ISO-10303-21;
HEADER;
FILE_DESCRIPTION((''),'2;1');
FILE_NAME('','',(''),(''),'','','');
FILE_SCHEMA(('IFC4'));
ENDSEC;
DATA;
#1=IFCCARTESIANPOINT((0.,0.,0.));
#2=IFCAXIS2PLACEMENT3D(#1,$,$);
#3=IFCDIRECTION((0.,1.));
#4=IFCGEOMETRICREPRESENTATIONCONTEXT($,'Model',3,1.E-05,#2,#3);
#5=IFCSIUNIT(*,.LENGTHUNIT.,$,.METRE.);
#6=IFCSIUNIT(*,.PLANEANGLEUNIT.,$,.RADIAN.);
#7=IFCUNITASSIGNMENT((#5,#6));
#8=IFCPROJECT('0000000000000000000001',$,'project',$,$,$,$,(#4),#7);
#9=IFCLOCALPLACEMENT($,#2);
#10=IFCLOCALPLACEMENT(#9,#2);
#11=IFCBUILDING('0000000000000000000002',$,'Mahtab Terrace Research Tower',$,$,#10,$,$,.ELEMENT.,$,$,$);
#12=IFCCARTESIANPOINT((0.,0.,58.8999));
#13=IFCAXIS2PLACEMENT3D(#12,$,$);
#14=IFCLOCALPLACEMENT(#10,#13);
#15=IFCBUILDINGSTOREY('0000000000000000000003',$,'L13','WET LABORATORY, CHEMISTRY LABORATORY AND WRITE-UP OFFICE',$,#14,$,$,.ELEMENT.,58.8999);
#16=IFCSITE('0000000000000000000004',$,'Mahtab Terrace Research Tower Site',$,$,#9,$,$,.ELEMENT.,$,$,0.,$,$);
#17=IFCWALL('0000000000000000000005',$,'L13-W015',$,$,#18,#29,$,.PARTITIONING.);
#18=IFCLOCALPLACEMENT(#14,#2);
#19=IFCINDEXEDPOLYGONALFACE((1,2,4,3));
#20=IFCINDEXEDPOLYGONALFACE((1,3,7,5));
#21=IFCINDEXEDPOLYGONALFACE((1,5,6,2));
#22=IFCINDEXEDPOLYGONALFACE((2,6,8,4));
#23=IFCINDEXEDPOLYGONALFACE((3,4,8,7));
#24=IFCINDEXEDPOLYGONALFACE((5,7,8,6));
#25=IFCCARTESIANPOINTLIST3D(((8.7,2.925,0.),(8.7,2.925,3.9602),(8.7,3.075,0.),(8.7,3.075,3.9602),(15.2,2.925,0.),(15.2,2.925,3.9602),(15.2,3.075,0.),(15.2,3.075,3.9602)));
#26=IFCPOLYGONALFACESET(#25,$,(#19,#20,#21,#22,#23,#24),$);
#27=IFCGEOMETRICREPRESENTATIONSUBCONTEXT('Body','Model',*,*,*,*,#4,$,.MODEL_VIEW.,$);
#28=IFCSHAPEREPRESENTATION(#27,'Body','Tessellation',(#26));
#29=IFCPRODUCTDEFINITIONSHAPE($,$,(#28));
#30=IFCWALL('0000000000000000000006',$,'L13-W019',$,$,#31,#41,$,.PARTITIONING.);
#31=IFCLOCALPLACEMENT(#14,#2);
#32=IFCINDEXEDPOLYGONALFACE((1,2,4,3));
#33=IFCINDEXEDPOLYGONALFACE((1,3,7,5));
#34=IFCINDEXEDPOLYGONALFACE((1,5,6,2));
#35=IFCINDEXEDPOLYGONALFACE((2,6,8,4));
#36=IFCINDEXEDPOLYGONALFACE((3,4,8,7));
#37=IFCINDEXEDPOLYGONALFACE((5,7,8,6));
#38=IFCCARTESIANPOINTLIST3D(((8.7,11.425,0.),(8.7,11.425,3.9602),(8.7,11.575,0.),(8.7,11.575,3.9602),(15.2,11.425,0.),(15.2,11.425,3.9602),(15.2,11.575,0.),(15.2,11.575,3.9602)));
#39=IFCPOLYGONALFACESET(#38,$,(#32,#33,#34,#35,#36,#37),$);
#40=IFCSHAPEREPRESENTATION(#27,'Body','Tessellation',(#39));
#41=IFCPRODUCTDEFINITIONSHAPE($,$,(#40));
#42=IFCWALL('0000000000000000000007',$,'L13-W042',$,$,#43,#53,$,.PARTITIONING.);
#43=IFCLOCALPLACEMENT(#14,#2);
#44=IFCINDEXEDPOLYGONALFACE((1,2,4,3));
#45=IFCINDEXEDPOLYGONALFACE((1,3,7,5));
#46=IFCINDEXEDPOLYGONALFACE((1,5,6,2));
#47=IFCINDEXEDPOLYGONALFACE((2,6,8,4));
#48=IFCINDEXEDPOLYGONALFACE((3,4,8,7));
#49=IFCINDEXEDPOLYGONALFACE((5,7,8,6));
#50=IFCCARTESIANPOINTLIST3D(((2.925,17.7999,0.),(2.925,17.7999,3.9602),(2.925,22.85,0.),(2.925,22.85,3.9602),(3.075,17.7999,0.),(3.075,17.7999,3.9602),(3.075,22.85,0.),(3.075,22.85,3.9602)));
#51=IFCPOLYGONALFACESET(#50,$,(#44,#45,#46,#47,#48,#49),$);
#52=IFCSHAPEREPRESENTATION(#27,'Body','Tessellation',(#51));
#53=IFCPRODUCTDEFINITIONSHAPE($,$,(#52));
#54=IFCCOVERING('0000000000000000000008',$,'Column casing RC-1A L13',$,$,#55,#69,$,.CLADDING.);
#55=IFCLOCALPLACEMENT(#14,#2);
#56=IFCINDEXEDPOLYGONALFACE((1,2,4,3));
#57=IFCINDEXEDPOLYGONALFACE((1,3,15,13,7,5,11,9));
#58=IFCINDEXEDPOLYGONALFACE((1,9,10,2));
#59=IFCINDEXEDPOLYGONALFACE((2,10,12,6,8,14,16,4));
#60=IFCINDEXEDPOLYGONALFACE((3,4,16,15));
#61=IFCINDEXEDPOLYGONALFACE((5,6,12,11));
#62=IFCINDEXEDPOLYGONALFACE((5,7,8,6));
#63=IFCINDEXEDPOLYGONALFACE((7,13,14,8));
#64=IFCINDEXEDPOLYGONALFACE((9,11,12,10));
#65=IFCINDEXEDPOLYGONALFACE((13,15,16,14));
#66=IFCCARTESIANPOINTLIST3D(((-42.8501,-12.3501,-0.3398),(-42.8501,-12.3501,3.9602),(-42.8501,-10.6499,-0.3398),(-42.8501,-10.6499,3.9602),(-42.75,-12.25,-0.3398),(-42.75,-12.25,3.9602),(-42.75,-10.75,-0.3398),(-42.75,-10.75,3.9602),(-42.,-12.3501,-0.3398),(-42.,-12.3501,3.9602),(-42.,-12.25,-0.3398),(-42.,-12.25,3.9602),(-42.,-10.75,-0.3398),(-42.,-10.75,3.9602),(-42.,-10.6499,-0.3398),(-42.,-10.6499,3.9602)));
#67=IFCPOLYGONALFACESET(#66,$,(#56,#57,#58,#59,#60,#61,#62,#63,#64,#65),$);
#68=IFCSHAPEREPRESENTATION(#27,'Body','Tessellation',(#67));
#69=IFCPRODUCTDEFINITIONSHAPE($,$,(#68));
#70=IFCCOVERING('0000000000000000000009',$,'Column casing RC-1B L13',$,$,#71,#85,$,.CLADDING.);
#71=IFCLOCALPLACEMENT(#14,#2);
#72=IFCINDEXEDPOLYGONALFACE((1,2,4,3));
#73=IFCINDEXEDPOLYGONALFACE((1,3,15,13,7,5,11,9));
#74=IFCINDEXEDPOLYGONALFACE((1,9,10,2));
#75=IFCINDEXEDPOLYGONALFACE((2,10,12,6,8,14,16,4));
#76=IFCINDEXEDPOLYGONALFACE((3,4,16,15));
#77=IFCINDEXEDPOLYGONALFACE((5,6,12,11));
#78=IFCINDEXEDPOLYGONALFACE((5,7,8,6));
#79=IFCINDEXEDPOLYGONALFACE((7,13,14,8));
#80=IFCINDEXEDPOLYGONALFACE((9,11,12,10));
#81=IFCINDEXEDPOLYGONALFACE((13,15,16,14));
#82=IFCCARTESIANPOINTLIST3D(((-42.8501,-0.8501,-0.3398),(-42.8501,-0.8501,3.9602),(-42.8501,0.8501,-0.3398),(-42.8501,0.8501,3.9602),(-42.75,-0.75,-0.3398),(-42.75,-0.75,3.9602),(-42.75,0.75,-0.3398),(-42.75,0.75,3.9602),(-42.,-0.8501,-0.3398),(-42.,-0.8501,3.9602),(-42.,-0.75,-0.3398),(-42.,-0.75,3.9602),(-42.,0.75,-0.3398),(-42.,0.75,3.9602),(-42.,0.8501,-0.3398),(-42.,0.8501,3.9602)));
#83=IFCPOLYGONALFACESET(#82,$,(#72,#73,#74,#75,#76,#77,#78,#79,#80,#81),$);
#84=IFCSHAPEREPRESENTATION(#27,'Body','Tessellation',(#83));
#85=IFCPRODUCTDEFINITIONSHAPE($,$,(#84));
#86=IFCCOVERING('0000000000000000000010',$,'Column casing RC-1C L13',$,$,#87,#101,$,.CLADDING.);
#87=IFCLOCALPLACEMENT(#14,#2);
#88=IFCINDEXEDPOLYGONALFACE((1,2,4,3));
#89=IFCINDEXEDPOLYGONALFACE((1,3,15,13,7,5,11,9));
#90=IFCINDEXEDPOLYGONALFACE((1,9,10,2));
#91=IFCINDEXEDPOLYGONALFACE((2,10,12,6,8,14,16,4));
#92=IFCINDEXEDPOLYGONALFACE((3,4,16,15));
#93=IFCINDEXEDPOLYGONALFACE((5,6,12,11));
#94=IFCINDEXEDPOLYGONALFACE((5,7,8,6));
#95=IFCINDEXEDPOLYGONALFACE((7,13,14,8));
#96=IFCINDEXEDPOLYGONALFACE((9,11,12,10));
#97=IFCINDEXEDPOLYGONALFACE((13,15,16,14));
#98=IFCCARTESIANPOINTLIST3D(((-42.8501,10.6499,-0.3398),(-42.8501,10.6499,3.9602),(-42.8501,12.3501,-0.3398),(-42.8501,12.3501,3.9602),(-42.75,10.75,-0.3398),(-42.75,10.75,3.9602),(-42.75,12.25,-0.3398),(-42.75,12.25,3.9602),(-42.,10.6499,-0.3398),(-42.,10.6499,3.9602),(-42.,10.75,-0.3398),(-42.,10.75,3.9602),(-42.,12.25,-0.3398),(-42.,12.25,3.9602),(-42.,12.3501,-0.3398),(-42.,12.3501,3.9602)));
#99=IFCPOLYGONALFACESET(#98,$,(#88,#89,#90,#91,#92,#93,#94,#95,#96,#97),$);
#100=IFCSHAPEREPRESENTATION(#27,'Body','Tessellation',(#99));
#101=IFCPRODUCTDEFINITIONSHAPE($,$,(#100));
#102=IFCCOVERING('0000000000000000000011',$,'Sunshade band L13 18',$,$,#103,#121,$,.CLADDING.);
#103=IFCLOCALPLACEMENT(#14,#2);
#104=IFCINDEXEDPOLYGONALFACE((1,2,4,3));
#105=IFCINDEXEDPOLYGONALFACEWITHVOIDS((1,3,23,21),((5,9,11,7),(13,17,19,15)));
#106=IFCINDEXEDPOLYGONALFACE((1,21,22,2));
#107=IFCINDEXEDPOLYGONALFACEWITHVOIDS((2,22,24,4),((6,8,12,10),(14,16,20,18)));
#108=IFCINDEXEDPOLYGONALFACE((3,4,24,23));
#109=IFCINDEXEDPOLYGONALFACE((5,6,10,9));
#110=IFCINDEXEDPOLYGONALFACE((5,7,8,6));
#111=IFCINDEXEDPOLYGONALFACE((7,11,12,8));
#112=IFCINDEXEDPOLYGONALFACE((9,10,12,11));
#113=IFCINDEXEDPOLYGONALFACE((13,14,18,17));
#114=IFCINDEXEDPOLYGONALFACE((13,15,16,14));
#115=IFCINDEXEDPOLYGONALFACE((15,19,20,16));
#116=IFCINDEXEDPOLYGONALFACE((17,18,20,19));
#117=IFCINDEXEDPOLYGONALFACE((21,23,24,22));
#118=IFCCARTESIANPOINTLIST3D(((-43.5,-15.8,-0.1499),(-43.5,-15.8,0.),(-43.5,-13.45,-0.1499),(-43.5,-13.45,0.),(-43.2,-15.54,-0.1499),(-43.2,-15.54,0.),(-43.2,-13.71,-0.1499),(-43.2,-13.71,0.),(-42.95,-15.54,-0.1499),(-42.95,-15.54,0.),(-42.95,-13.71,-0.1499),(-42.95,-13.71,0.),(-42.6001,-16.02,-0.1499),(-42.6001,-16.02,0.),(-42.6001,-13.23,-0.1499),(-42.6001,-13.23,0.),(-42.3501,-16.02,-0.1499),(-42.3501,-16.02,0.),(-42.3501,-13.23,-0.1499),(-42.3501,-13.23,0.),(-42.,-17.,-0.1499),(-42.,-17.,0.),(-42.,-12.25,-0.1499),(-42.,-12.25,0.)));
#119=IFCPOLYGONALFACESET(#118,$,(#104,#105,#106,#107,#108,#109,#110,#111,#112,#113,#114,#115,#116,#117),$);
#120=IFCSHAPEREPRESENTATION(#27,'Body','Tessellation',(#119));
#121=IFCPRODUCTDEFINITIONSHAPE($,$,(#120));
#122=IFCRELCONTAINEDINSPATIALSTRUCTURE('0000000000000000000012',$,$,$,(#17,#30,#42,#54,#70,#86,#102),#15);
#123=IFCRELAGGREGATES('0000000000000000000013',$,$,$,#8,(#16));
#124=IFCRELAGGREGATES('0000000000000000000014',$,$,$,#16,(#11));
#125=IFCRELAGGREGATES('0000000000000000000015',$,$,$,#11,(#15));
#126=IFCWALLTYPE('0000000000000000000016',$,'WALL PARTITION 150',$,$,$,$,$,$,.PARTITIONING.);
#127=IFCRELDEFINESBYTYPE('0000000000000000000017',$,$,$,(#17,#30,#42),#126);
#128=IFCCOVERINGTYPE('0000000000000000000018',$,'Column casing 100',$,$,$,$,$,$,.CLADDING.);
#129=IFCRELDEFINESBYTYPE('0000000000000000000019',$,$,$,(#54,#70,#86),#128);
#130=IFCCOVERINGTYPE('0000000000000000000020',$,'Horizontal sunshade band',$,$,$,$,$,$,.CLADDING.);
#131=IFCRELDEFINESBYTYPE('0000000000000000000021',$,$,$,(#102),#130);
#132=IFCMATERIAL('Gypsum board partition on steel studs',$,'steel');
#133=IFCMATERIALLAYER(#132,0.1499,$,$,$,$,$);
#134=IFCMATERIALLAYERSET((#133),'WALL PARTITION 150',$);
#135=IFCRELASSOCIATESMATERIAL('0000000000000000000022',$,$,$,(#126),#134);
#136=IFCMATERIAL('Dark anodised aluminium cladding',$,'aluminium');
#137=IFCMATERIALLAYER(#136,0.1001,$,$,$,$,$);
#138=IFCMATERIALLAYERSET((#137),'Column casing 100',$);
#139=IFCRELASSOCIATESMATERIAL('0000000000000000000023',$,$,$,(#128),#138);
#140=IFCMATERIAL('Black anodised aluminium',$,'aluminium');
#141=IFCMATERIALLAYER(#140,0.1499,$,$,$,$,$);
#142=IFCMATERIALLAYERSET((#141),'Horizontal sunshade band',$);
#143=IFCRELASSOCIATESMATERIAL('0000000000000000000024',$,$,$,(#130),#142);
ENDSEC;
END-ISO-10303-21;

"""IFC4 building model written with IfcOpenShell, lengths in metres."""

from ifc_helpers import new_model, si_unit, direction, frame, frame_2d, origin, place, context, subcontext, project, spatial, polyline, rectangle, outline, extrude, material, layer, layer_set, type_object, element, save


model = new_model("IFC4")

# Units and contexts
model_context = context("Model", 3, precision=1e-05, world=origin(), true_north=direction((0.0, 1.0)))
body_context = subcontext(model_context, "Body", "Model", "MODEL_VIEW")
ifc_project = project(units=[si_unit("LENGTHUNIT", "METRE"), si_unit("PLANEANGLEUNIT", "RADIAN")], contexts=[model_context])

# Site, building, storey
site_placement = place(None, origin())
site = spatial("IfcSite", under=ifc_project, at=site_placement, Name="Mahtab Terrace Research Tower Site", CompositionType="ELEMENT", RefElevation=0.0)
building_placement = place(site_placement, origin())
building = spatial("IfcBuilding", under=site, at=building_placement, Name="Mahtab Terrace Research Tower", CompositionType="ELEMENT")
storey_placement = place(building_placement, frame((0.0, 0.0, 58.8999)))
storey = spatial("IfcBuildingStorey", under=building, at=storey_placement, Name="L13", Description="WET LABORATORY, CHEMISTRY LABORATORY AND WRITE-UP OFFICE", CompositionType="ELEMENT", Elevation=58.8999)

# Walls
ifc_material_1 = material(Name="Gypsum board partition on steel studs", Category="steel")
ifc_layer_1 = layer(ifc_material_1, 0.1499)
ifc_layer_set_1 = layer_set([ifc_layer_1], Name="WALL PARTITION 150")
wall_type_1 = type_object("IfcWallType", Name="WALL PARTITION 150", PredefinedType="PARTITIONING", material=ifc_layer_set_1)
for number, where, z_axis, x_axis, name in (
    (1, (8.7, 3.0, 0.0), (0.0, 0.0, 1.0), (1.0, 0.0, 0.0), "L13-W015"),
    (2, (8.7, 11.5, 0.0), (0.0, 0.0, 1.0), (1.0, 0.0, 0.0), "L13-W019"),
):
    element("IfcWall", number, at=place(storey_placement, frame(where, z_axis=z_axis, x_axis=x_axis)), inside=storey, type_object=wall_type_1, Name=name, PredefinedType="PARTITIONING", context=body_context, shape_type="SweptSolid", body=[
        extrude(rectangle(XDim=6.5, YDim=0.1499, at=frame_2d((3.25, 0.0))), origin(), (0.0, 0.0, 1.0), 3.9602),
    ])
wall_1_placement = place(storey_placement, frame((3.0, 17.8, 0.0), z_axis=(0.0, 0.0, 1.0), x_axis=(0.0, 1.0, 0.0)))
element("IfcWall", 3, at=wall_1_placement, inside=storey, type_object=wall_type_1, Name="L13-W042", PredefinedType="PARTITIONING", context=body_context, shape_type="SweptSolid", body=[
    extrude(rectangle(XDim=5.05, YDim=0.1499, at=frame_2d((2.5249, 0.0))), origin(), (0.0, 0.0, 1.0), 3.9602),
])

# Coverings
ifc_material_2 = material(Name="Dark anodised aluminium cladding", Category="aluminium")
ifc_layer_2 = layer(ifc_material_2, 0.1001)
ifc_layer_set_2 = layer_set([ifc_layer_2], Name="Column casing 100")
covering_type_1 = type_object("IfcCoveringType", Name="Column casing 100", PredefinedType="CLADDING", material=ifc_layer_set_2)
covering_1_placement = place(storey_placement, frame((0.0, 0.0, -0.3398)))
element("IfcCovering", 4, at=covering_1_placement, inside=storey, type_object=covering_type_1, Name="Column casing RC-1A L13", PredefinedType="CLADDING", context=body_context, shape_type="SweptSolid", body=[
    extrude(outline(polyline([(-42.8501, -10.6499), (-42.0, -10.6499), (-42.0, -10.75), (-42.75, -10.75), (-42.75, -12.25), (-42.0, -12.25), (-42.0, -12.3501), (-42.8501, -12.3501), (-42.8501, -10.6499)])), origin(), (0.0, 0.0, 1.0), 4.3),
])
covering_2_placement = place(storey_placement, frame((0.0, 0.0, -0.3398)))
element("IfcCovering", 5, at=covering_2_placement, inside=storey, type_object=covering_type_1, Name="Column casing RC-1B L13", PredefinedType="CLADDING", context=body_context, shape_type="SweptSolid", body=[
    extrude(outline(polyline([(-42.8501, 0.8501), (-42.0, 0.8501), (-42.0, 0.75), (-42.75, 0.75), (-42.75, -0.75), (-42.0, -0.75), (-42.0, -0.8501), (-42.8501, -0.8501), (-42.8501, 0.8501)])), origin(), (0.0, 0.0, 1.0), 4.3),
])
covering_3_placement = place(storey_placement, frame((0.0, 0.0, -0.3398)))
element("IfcCovering", 6, at=covering_3_placement, inside=storey, type_object=covering_type_1, Name="Column casing RC-1C L13", PredefinedType="CLADDING", context=body_context, shape_type="SweptSolid", body=[
    extrude(outline(polyline([(-42.8501, 12.3501), (-42.0, 12.3501), (-42.0, 12.25), (-42.75, 12.25), (-42.75, 10.75), (-42.0, 10.75), (-42.0, 10.6499), (-42.8501, 10.6499), (-42.8501, 12.3501)])), origin(), (0.0, 0.0, 1.0), 4.3),
])
ifc_material_3 = material(Name="Black anodised aluminium", Category="aluminium")
ifc_layer_3 = layer(ifc_material_3, 0.1499)
ifc_layer_set_3 = layer_set([ifc_layer_3], Name="Horizontal sunshade band")
covering_type_2 = type_object("IfcCoveringType", Name="Horizontal sunshade band", PredefinedType="CLADDING", material=ifc_layer_set_3)
covering_4_placement = place(storey_placement, frame((0.0, 0.0, -0.1499)))
element("IfcCovering", 7, at=covering_4_placement, inside=storey, type_object=covering_type_2, Name="Sunshade band L13 18", PredefinedType="CLADDING", context=body_context, shape_type="SweptSolid", body=[
    extrude(outline(polyline([(-42.0, -12.25), (-42.0, -17.0), (-43.5, -15.8), (-43.5, -13.45), (-42.0, -12.25)]), holes=[polyline([(-42.3501, -13.23), (-42.3501, -16.02), (-42.6001, -16.02), (-42.6001, -13.23), (-42.3501, -13.23)]), polyline([(-42.95, -13.71), (-42.95, -15.54), (-43.2, -15.54), (-43.2, -13.71), (-42.95, -13.71)])]), origin(), (0.0, 0.0, 1.0), 0.1499),
])

save(model, "model.ifc")
